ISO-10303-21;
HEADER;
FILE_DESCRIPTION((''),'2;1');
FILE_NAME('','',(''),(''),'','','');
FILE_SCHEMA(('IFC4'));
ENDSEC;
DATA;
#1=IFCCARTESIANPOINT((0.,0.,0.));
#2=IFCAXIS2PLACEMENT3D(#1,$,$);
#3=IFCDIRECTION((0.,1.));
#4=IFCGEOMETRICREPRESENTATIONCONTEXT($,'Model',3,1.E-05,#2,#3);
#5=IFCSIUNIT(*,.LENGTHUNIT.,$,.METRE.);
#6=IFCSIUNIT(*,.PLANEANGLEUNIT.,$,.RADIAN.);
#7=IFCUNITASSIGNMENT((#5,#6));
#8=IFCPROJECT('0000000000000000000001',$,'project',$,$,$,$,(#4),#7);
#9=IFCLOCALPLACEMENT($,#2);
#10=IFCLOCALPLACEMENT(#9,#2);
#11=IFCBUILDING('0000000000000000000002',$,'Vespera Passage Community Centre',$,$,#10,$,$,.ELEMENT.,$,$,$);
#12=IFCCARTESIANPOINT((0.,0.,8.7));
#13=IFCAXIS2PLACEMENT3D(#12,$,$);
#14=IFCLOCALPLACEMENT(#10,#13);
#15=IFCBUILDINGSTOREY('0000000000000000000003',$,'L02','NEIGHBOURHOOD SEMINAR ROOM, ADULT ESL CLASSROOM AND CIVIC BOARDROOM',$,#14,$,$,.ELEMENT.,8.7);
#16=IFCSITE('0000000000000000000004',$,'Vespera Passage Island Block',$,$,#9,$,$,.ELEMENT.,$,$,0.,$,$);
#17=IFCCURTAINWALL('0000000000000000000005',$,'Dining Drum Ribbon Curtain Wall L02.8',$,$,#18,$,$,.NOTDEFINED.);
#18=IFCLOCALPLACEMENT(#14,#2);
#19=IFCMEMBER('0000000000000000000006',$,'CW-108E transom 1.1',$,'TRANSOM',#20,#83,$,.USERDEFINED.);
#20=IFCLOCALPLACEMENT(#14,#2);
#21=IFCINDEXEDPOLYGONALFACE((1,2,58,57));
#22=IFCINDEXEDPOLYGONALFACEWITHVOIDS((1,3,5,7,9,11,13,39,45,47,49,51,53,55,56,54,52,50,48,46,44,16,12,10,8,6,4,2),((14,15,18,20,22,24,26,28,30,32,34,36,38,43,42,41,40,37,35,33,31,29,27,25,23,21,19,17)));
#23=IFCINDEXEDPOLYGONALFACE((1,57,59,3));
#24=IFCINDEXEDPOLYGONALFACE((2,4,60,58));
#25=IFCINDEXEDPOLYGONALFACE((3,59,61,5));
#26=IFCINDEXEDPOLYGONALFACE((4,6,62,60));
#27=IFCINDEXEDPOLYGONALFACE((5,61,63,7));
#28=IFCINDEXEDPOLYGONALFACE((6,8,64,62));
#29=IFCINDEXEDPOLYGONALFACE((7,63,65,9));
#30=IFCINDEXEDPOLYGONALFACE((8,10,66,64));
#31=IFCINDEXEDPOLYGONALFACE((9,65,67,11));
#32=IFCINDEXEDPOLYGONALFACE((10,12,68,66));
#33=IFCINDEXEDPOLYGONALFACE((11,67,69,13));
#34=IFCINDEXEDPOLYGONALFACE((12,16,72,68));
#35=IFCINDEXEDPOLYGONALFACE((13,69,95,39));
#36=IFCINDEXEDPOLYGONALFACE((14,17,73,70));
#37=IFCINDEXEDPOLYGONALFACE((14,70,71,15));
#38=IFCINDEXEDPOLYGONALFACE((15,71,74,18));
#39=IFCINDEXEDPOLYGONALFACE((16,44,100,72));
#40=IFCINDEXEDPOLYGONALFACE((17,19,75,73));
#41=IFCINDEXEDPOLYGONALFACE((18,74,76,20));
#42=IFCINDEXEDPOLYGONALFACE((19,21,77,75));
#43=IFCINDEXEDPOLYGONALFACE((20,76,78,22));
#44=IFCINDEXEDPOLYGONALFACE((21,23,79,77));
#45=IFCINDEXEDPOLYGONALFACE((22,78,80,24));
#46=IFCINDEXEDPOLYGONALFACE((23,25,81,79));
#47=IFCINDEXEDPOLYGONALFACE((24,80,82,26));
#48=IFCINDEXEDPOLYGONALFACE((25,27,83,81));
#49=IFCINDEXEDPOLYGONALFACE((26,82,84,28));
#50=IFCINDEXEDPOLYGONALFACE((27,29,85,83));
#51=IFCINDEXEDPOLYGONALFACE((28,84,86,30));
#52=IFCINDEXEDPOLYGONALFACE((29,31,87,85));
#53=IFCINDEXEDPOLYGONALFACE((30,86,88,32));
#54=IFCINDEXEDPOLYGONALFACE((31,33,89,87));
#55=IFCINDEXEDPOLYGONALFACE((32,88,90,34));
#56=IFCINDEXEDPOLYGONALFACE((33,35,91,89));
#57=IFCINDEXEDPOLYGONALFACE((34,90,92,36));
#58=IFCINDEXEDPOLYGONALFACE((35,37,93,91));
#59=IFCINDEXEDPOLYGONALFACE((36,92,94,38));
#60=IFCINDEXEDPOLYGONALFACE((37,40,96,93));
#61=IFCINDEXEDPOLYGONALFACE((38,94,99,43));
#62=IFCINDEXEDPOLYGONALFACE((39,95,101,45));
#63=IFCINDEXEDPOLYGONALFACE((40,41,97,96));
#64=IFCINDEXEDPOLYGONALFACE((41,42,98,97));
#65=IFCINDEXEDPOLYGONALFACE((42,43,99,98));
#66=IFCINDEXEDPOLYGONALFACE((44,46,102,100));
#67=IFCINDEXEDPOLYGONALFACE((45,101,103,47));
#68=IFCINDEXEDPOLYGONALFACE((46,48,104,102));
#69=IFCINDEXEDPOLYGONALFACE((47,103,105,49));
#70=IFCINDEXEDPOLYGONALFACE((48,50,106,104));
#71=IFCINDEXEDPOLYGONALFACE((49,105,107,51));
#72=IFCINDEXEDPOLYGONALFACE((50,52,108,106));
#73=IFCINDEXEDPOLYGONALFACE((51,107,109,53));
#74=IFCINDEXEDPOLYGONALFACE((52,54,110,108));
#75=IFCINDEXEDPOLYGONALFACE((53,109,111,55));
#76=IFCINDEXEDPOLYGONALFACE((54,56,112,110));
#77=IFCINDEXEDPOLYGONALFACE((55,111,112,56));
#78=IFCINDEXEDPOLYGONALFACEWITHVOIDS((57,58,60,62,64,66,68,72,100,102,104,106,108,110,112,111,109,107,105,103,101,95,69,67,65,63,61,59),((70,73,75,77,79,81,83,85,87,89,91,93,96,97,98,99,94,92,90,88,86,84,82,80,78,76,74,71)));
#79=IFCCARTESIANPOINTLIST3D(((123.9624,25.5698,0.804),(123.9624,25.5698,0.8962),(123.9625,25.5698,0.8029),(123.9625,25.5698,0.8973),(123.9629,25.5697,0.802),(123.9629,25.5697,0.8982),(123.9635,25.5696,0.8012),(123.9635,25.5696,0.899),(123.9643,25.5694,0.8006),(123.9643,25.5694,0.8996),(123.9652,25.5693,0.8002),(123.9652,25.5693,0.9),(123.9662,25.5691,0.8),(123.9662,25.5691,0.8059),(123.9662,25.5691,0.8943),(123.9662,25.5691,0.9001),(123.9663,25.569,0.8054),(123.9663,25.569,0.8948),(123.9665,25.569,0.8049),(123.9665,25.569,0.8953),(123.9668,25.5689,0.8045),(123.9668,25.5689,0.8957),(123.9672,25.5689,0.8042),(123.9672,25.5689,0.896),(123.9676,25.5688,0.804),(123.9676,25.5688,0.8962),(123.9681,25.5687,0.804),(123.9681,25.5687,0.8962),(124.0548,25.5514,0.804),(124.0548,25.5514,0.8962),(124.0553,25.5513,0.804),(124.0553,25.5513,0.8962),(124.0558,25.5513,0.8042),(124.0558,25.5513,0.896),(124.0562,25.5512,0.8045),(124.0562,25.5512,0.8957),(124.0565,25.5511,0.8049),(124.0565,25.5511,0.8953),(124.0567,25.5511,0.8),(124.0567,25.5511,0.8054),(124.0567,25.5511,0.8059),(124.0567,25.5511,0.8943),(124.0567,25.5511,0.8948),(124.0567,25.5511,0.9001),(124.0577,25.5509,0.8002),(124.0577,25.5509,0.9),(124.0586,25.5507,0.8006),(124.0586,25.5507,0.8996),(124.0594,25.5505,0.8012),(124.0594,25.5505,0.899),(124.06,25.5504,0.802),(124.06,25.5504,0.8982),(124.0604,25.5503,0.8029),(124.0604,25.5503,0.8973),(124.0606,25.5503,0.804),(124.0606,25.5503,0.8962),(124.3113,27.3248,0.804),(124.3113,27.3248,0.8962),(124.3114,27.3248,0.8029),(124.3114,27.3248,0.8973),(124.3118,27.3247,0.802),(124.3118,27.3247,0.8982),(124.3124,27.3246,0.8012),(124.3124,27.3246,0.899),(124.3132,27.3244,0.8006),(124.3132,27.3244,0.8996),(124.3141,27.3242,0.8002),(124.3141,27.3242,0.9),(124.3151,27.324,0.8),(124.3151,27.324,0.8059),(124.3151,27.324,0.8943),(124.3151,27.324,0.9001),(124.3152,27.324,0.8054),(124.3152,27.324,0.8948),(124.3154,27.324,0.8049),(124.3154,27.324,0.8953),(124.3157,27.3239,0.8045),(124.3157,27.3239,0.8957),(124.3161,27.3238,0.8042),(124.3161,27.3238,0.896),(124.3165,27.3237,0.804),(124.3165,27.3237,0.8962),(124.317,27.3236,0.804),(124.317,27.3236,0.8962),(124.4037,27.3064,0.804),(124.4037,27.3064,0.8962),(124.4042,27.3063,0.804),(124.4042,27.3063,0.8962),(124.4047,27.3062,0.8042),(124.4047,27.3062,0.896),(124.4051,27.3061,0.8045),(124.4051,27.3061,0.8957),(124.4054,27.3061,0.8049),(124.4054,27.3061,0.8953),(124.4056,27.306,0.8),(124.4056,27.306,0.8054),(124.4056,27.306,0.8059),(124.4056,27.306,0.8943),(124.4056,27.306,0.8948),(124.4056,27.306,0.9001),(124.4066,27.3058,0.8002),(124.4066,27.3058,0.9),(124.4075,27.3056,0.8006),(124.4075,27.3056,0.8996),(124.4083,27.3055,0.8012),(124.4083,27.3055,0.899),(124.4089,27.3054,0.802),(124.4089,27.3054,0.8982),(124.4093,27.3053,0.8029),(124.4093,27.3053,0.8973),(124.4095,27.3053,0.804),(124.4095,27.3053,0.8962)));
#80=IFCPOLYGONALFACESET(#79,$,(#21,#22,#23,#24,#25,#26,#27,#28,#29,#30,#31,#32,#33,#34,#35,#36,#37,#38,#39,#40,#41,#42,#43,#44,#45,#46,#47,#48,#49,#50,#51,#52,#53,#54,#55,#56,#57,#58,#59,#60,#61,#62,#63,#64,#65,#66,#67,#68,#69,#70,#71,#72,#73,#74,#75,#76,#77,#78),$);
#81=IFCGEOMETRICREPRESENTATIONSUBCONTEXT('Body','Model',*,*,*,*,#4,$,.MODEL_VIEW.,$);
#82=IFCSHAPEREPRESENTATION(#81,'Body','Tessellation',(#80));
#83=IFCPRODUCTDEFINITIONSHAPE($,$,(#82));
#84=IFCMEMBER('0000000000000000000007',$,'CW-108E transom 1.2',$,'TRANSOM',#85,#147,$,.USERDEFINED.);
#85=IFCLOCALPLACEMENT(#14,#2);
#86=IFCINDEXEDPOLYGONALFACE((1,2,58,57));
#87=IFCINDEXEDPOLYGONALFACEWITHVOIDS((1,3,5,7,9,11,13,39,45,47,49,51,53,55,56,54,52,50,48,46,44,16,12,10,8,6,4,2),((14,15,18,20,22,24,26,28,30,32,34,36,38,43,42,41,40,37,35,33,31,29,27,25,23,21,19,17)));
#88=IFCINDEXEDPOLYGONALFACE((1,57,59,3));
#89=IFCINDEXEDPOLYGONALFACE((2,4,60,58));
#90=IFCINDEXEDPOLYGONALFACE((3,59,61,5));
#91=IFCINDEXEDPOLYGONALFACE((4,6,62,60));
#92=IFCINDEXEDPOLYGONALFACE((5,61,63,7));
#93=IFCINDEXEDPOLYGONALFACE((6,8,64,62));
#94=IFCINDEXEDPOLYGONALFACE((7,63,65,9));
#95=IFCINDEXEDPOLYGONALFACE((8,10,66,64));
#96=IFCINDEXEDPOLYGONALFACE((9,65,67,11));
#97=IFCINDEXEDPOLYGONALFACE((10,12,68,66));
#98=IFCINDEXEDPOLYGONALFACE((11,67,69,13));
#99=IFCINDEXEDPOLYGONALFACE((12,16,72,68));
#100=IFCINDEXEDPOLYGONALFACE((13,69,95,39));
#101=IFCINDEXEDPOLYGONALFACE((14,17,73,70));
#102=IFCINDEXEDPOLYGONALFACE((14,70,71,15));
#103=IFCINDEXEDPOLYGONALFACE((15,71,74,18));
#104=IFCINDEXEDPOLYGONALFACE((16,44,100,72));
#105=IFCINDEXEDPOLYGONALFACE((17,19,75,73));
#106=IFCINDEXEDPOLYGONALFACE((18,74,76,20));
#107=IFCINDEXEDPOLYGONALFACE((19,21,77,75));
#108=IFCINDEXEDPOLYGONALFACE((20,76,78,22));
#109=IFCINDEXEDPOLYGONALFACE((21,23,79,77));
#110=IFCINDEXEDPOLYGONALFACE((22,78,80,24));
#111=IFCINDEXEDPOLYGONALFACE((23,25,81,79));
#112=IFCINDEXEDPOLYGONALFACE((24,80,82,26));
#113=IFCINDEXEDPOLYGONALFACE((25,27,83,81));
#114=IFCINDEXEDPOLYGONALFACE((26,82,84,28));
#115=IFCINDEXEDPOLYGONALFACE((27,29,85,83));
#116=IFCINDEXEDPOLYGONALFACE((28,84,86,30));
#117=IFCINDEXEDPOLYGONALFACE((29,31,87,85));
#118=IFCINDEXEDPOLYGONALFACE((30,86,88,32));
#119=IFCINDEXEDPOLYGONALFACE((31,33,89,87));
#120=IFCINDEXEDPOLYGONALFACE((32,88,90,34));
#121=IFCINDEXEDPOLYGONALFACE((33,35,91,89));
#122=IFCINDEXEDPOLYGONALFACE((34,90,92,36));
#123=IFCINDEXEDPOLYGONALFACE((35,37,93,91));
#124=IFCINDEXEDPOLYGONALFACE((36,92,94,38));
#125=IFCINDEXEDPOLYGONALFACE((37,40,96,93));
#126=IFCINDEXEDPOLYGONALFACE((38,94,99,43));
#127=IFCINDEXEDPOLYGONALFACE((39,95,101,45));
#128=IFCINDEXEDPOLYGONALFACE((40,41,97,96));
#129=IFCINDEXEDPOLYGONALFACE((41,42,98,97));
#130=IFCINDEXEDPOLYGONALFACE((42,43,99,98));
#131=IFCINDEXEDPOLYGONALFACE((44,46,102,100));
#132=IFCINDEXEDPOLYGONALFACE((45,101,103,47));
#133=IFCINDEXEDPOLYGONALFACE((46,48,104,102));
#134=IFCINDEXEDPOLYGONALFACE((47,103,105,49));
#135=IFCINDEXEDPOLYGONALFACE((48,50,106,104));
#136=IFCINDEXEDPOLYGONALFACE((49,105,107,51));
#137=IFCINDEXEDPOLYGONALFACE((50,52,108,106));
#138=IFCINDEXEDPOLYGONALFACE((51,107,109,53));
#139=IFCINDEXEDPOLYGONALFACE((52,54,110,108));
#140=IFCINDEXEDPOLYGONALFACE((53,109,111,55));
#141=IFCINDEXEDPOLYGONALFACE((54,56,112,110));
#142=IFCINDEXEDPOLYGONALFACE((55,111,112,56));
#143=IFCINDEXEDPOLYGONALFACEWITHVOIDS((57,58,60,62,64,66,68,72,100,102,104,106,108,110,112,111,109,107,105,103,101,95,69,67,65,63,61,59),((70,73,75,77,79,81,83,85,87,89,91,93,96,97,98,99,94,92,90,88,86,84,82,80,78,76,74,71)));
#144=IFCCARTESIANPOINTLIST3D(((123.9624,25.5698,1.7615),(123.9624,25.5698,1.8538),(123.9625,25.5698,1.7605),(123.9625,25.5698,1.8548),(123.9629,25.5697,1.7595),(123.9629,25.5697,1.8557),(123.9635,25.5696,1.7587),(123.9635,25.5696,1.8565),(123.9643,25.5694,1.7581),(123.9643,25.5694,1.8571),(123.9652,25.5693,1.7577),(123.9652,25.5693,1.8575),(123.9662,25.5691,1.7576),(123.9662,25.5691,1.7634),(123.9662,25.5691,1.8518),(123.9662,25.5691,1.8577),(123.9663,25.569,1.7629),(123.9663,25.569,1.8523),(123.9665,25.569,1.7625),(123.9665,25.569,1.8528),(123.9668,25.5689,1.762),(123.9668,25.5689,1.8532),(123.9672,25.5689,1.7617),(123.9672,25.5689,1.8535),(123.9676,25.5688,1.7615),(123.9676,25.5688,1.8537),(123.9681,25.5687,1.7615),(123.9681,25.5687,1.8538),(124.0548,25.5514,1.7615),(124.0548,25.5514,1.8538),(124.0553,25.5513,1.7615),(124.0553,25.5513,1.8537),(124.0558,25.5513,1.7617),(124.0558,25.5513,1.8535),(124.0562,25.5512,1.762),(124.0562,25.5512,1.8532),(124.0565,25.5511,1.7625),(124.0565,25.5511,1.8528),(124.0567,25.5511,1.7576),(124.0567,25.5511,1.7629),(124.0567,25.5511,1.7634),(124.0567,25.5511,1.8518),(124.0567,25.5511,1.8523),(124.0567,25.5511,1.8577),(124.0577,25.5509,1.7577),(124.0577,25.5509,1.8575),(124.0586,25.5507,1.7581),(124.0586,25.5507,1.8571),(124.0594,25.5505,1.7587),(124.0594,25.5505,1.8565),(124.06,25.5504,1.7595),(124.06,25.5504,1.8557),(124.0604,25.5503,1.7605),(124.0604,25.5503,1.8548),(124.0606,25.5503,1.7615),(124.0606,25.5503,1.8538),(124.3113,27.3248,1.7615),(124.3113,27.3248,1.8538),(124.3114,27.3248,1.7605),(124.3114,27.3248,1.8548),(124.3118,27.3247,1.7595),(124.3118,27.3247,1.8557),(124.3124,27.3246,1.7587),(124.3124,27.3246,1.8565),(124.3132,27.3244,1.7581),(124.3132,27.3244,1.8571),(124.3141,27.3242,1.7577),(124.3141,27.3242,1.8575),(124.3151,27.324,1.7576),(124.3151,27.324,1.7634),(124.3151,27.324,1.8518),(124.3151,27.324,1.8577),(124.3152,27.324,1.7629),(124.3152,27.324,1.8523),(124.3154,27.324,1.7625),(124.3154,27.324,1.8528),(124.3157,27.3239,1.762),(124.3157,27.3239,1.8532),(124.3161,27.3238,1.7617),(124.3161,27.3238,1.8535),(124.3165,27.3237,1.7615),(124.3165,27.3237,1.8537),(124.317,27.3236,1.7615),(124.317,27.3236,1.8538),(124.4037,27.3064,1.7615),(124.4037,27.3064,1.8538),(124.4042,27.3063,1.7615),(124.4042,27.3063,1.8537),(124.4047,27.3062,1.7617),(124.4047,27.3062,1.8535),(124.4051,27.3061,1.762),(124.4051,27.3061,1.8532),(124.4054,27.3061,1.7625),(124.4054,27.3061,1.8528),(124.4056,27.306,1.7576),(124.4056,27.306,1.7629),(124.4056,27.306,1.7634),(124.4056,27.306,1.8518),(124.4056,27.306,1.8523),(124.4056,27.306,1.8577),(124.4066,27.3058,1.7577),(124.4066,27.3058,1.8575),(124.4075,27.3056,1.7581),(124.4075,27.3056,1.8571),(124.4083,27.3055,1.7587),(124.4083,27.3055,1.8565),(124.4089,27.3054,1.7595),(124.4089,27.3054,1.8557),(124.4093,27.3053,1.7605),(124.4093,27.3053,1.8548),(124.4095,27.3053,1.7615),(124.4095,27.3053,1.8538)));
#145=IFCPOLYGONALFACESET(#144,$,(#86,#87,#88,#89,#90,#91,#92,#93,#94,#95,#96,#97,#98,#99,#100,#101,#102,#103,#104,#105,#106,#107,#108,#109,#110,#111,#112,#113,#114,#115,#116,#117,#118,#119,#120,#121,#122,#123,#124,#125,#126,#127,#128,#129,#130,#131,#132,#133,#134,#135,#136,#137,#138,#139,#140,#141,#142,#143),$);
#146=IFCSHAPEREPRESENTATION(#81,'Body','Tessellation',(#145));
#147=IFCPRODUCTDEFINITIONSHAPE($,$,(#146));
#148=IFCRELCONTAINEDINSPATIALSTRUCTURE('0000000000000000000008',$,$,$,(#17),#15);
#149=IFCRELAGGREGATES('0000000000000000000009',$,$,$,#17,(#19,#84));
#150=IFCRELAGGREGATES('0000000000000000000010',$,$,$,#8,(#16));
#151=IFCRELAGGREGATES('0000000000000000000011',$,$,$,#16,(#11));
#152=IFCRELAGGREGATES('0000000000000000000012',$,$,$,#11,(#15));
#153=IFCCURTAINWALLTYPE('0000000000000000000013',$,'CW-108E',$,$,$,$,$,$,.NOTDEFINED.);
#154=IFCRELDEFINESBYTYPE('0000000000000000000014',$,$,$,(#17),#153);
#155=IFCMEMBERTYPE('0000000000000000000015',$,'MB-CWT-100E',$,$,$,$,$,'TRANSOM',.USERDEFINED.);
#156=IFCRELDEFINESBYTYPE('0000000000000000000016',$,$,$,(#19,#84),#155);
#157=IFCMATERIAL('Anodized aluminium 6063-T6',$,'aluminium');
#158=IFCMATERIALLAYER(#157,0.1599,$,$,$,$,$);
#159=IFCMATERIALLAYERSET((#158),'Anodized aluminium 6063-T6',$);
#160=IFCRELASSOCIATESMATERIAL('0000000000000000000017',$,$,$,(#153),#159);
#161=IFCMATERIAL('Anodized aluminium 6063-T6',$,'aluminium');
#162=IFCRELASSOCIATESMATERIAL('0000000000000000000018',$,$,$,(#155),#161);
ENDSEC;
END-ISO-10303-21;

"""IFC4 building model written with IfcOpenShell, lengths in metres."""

from ifc_helpers import new_model, si_unit, direction, frame, origin, origin_2d, place, context, subcontext, project, spatial, hollow_rectangle, extrude, material, layer, layer_set, material_profile, profile_set, type_object, element, aggregate, save


model = new_model("IFC4")

# Units and contexts
model_context = context("Model", 3, precision=1e-05, world=origin(), true_north=direction((0.0, 1.0)))
body_context = subcontext(model_context, "Body", "Model", "MODEL_VIEW")
ifc_project = project(units=[si_unit("LENGTHUNIT", "METRE"), si_unit("PLANEANGLEUNIT", "RADIAN")], contexts=[model_context])

# Site, building, storey
site_placement = place(None, origin())
site = spatial("IfcSite", under=ifc_project, at=site_placement, Name="Vespera Passage Island Block", CompositionType="ELEMENT", RefElevation=0.0)
building_placement = place(site_placement, origin())
building = spatial("IfcBuilding", under=site, at=building_placement, Name="Vespera Passage Community Centre", CompositionType="ELEMENT")
storey_placement = place(building_placement, frame((0.0, 0.0, 8.7)))
storey = spatial("IfcBuildingStorey", under=building, at=storey_placement, Name="L02", Description="NEIGHBOURHOOD SEMINAR ROOM, ADULT ESL CLASSROOM AND CIVIC BOARDROOM", CompositionType="ELEMENT", Elevation=8.7)

# Curtain wall
ifc_material_1 = material(Name="Anodized aluminium 6063-T6", Category="aluminium")
ifc_layer_1 = layer(ifc_material_1, 0.1599)
ifc_layer_set_1 = layer_set([ifc_layer_1], Name="Anodized aluminium 6063-T6")
curtain_wall_type_1 = type_object("IfcCurtainWallType", Name="CW-108E", PredefinedType="NOTDEFINED", material=ifc_layer_set_1)
curtain_wall_1_placement = place(storey_placement, origin())
curtain_wall_1 = element("IfcCurtainWall", 1, at=curtain_wall_1_placement, inside=storey, type_object=curtain_wall_type_1, Name="Dining Drum Ribbon Curtain Wall L02.8", PredefinedType="NOTDEFINED")

# Members
ifc_material_2 = material(Name="Anodized aluminium 6063-T6", Category="aluminium")
ifc_material_profile_1 = material_profile(ifc_material_2, hollow_rectangle(XDim=0.1001, YDim=0.1001, WallThickness=0.0039, InnerFilletRadius=0.002, OuterFilletRadius=0.0039, at=origin_2d()), Name="ALU100X100X4")
ifc_profile_set_1 = profile_set([ifc_material_profile_1], Name="Anodized aluminium 6063-T6")
member_type_1 = type_object("IfcMemberType", Name="MB-CWT-100E", ElementType="TRANSOM", PredefinedType="USERDEFINED", material=ifc_profile_set_1)
member_1_placement = place(storey_placement, frame((124.0115, 25.5601, 0.8501), z_axis=(0.194988, 0.980806, 0.0), x_axis=(-0.980806, 0.194988, 0.0)))
member_1 = element("IfcMember", 2, at=member_1_placement, type_object=member_type_1, Name="CW-108E transom 1.1", ObjectType="TRANSOM", PredefinedType="USERDEFINED", context=body_context, shape_type="SweptSolid", body=[
    extrude(hollow_rectangle(XDim=0.1001, YDim=0.1001, WallThickness=0.0039, InnerFilletRadius=0.002, OuterFilletRadius=0.0039, at=origin_2d()), origin(), (0.0, 0.0, 1.0), 1.7893),
])
member_2_placement = place(storey_placement, frame((124.0115, 25.5601, 1.8076), z_axis=(0.194988, 0.980806, 0.0), x_axis=(-0.980806, 0.194988, 0.0)))
member_2 = element("IfcMember", 3, at=member_2_placement, type_object=member_type_1, Name="CW-108E transom 1.2", ObjectType="TRANSOM", PredefinedType="USERDEFINED", context=body_context, shape_type="SweptSolid", body=[
    extrude(hollow_rectangle(XDim=0.1001, YDim=0.1001, WallThickness=0.0039, InnerFilletRadius=0.002, OuterFilletRadius=0.0039, at=origin_2d()), origin(), (0.0, 0.0, 1.0), 1.7893),
])

aggregate(curtain_wall_1, [member_1, member_2])

save(model, "model.ifc")
